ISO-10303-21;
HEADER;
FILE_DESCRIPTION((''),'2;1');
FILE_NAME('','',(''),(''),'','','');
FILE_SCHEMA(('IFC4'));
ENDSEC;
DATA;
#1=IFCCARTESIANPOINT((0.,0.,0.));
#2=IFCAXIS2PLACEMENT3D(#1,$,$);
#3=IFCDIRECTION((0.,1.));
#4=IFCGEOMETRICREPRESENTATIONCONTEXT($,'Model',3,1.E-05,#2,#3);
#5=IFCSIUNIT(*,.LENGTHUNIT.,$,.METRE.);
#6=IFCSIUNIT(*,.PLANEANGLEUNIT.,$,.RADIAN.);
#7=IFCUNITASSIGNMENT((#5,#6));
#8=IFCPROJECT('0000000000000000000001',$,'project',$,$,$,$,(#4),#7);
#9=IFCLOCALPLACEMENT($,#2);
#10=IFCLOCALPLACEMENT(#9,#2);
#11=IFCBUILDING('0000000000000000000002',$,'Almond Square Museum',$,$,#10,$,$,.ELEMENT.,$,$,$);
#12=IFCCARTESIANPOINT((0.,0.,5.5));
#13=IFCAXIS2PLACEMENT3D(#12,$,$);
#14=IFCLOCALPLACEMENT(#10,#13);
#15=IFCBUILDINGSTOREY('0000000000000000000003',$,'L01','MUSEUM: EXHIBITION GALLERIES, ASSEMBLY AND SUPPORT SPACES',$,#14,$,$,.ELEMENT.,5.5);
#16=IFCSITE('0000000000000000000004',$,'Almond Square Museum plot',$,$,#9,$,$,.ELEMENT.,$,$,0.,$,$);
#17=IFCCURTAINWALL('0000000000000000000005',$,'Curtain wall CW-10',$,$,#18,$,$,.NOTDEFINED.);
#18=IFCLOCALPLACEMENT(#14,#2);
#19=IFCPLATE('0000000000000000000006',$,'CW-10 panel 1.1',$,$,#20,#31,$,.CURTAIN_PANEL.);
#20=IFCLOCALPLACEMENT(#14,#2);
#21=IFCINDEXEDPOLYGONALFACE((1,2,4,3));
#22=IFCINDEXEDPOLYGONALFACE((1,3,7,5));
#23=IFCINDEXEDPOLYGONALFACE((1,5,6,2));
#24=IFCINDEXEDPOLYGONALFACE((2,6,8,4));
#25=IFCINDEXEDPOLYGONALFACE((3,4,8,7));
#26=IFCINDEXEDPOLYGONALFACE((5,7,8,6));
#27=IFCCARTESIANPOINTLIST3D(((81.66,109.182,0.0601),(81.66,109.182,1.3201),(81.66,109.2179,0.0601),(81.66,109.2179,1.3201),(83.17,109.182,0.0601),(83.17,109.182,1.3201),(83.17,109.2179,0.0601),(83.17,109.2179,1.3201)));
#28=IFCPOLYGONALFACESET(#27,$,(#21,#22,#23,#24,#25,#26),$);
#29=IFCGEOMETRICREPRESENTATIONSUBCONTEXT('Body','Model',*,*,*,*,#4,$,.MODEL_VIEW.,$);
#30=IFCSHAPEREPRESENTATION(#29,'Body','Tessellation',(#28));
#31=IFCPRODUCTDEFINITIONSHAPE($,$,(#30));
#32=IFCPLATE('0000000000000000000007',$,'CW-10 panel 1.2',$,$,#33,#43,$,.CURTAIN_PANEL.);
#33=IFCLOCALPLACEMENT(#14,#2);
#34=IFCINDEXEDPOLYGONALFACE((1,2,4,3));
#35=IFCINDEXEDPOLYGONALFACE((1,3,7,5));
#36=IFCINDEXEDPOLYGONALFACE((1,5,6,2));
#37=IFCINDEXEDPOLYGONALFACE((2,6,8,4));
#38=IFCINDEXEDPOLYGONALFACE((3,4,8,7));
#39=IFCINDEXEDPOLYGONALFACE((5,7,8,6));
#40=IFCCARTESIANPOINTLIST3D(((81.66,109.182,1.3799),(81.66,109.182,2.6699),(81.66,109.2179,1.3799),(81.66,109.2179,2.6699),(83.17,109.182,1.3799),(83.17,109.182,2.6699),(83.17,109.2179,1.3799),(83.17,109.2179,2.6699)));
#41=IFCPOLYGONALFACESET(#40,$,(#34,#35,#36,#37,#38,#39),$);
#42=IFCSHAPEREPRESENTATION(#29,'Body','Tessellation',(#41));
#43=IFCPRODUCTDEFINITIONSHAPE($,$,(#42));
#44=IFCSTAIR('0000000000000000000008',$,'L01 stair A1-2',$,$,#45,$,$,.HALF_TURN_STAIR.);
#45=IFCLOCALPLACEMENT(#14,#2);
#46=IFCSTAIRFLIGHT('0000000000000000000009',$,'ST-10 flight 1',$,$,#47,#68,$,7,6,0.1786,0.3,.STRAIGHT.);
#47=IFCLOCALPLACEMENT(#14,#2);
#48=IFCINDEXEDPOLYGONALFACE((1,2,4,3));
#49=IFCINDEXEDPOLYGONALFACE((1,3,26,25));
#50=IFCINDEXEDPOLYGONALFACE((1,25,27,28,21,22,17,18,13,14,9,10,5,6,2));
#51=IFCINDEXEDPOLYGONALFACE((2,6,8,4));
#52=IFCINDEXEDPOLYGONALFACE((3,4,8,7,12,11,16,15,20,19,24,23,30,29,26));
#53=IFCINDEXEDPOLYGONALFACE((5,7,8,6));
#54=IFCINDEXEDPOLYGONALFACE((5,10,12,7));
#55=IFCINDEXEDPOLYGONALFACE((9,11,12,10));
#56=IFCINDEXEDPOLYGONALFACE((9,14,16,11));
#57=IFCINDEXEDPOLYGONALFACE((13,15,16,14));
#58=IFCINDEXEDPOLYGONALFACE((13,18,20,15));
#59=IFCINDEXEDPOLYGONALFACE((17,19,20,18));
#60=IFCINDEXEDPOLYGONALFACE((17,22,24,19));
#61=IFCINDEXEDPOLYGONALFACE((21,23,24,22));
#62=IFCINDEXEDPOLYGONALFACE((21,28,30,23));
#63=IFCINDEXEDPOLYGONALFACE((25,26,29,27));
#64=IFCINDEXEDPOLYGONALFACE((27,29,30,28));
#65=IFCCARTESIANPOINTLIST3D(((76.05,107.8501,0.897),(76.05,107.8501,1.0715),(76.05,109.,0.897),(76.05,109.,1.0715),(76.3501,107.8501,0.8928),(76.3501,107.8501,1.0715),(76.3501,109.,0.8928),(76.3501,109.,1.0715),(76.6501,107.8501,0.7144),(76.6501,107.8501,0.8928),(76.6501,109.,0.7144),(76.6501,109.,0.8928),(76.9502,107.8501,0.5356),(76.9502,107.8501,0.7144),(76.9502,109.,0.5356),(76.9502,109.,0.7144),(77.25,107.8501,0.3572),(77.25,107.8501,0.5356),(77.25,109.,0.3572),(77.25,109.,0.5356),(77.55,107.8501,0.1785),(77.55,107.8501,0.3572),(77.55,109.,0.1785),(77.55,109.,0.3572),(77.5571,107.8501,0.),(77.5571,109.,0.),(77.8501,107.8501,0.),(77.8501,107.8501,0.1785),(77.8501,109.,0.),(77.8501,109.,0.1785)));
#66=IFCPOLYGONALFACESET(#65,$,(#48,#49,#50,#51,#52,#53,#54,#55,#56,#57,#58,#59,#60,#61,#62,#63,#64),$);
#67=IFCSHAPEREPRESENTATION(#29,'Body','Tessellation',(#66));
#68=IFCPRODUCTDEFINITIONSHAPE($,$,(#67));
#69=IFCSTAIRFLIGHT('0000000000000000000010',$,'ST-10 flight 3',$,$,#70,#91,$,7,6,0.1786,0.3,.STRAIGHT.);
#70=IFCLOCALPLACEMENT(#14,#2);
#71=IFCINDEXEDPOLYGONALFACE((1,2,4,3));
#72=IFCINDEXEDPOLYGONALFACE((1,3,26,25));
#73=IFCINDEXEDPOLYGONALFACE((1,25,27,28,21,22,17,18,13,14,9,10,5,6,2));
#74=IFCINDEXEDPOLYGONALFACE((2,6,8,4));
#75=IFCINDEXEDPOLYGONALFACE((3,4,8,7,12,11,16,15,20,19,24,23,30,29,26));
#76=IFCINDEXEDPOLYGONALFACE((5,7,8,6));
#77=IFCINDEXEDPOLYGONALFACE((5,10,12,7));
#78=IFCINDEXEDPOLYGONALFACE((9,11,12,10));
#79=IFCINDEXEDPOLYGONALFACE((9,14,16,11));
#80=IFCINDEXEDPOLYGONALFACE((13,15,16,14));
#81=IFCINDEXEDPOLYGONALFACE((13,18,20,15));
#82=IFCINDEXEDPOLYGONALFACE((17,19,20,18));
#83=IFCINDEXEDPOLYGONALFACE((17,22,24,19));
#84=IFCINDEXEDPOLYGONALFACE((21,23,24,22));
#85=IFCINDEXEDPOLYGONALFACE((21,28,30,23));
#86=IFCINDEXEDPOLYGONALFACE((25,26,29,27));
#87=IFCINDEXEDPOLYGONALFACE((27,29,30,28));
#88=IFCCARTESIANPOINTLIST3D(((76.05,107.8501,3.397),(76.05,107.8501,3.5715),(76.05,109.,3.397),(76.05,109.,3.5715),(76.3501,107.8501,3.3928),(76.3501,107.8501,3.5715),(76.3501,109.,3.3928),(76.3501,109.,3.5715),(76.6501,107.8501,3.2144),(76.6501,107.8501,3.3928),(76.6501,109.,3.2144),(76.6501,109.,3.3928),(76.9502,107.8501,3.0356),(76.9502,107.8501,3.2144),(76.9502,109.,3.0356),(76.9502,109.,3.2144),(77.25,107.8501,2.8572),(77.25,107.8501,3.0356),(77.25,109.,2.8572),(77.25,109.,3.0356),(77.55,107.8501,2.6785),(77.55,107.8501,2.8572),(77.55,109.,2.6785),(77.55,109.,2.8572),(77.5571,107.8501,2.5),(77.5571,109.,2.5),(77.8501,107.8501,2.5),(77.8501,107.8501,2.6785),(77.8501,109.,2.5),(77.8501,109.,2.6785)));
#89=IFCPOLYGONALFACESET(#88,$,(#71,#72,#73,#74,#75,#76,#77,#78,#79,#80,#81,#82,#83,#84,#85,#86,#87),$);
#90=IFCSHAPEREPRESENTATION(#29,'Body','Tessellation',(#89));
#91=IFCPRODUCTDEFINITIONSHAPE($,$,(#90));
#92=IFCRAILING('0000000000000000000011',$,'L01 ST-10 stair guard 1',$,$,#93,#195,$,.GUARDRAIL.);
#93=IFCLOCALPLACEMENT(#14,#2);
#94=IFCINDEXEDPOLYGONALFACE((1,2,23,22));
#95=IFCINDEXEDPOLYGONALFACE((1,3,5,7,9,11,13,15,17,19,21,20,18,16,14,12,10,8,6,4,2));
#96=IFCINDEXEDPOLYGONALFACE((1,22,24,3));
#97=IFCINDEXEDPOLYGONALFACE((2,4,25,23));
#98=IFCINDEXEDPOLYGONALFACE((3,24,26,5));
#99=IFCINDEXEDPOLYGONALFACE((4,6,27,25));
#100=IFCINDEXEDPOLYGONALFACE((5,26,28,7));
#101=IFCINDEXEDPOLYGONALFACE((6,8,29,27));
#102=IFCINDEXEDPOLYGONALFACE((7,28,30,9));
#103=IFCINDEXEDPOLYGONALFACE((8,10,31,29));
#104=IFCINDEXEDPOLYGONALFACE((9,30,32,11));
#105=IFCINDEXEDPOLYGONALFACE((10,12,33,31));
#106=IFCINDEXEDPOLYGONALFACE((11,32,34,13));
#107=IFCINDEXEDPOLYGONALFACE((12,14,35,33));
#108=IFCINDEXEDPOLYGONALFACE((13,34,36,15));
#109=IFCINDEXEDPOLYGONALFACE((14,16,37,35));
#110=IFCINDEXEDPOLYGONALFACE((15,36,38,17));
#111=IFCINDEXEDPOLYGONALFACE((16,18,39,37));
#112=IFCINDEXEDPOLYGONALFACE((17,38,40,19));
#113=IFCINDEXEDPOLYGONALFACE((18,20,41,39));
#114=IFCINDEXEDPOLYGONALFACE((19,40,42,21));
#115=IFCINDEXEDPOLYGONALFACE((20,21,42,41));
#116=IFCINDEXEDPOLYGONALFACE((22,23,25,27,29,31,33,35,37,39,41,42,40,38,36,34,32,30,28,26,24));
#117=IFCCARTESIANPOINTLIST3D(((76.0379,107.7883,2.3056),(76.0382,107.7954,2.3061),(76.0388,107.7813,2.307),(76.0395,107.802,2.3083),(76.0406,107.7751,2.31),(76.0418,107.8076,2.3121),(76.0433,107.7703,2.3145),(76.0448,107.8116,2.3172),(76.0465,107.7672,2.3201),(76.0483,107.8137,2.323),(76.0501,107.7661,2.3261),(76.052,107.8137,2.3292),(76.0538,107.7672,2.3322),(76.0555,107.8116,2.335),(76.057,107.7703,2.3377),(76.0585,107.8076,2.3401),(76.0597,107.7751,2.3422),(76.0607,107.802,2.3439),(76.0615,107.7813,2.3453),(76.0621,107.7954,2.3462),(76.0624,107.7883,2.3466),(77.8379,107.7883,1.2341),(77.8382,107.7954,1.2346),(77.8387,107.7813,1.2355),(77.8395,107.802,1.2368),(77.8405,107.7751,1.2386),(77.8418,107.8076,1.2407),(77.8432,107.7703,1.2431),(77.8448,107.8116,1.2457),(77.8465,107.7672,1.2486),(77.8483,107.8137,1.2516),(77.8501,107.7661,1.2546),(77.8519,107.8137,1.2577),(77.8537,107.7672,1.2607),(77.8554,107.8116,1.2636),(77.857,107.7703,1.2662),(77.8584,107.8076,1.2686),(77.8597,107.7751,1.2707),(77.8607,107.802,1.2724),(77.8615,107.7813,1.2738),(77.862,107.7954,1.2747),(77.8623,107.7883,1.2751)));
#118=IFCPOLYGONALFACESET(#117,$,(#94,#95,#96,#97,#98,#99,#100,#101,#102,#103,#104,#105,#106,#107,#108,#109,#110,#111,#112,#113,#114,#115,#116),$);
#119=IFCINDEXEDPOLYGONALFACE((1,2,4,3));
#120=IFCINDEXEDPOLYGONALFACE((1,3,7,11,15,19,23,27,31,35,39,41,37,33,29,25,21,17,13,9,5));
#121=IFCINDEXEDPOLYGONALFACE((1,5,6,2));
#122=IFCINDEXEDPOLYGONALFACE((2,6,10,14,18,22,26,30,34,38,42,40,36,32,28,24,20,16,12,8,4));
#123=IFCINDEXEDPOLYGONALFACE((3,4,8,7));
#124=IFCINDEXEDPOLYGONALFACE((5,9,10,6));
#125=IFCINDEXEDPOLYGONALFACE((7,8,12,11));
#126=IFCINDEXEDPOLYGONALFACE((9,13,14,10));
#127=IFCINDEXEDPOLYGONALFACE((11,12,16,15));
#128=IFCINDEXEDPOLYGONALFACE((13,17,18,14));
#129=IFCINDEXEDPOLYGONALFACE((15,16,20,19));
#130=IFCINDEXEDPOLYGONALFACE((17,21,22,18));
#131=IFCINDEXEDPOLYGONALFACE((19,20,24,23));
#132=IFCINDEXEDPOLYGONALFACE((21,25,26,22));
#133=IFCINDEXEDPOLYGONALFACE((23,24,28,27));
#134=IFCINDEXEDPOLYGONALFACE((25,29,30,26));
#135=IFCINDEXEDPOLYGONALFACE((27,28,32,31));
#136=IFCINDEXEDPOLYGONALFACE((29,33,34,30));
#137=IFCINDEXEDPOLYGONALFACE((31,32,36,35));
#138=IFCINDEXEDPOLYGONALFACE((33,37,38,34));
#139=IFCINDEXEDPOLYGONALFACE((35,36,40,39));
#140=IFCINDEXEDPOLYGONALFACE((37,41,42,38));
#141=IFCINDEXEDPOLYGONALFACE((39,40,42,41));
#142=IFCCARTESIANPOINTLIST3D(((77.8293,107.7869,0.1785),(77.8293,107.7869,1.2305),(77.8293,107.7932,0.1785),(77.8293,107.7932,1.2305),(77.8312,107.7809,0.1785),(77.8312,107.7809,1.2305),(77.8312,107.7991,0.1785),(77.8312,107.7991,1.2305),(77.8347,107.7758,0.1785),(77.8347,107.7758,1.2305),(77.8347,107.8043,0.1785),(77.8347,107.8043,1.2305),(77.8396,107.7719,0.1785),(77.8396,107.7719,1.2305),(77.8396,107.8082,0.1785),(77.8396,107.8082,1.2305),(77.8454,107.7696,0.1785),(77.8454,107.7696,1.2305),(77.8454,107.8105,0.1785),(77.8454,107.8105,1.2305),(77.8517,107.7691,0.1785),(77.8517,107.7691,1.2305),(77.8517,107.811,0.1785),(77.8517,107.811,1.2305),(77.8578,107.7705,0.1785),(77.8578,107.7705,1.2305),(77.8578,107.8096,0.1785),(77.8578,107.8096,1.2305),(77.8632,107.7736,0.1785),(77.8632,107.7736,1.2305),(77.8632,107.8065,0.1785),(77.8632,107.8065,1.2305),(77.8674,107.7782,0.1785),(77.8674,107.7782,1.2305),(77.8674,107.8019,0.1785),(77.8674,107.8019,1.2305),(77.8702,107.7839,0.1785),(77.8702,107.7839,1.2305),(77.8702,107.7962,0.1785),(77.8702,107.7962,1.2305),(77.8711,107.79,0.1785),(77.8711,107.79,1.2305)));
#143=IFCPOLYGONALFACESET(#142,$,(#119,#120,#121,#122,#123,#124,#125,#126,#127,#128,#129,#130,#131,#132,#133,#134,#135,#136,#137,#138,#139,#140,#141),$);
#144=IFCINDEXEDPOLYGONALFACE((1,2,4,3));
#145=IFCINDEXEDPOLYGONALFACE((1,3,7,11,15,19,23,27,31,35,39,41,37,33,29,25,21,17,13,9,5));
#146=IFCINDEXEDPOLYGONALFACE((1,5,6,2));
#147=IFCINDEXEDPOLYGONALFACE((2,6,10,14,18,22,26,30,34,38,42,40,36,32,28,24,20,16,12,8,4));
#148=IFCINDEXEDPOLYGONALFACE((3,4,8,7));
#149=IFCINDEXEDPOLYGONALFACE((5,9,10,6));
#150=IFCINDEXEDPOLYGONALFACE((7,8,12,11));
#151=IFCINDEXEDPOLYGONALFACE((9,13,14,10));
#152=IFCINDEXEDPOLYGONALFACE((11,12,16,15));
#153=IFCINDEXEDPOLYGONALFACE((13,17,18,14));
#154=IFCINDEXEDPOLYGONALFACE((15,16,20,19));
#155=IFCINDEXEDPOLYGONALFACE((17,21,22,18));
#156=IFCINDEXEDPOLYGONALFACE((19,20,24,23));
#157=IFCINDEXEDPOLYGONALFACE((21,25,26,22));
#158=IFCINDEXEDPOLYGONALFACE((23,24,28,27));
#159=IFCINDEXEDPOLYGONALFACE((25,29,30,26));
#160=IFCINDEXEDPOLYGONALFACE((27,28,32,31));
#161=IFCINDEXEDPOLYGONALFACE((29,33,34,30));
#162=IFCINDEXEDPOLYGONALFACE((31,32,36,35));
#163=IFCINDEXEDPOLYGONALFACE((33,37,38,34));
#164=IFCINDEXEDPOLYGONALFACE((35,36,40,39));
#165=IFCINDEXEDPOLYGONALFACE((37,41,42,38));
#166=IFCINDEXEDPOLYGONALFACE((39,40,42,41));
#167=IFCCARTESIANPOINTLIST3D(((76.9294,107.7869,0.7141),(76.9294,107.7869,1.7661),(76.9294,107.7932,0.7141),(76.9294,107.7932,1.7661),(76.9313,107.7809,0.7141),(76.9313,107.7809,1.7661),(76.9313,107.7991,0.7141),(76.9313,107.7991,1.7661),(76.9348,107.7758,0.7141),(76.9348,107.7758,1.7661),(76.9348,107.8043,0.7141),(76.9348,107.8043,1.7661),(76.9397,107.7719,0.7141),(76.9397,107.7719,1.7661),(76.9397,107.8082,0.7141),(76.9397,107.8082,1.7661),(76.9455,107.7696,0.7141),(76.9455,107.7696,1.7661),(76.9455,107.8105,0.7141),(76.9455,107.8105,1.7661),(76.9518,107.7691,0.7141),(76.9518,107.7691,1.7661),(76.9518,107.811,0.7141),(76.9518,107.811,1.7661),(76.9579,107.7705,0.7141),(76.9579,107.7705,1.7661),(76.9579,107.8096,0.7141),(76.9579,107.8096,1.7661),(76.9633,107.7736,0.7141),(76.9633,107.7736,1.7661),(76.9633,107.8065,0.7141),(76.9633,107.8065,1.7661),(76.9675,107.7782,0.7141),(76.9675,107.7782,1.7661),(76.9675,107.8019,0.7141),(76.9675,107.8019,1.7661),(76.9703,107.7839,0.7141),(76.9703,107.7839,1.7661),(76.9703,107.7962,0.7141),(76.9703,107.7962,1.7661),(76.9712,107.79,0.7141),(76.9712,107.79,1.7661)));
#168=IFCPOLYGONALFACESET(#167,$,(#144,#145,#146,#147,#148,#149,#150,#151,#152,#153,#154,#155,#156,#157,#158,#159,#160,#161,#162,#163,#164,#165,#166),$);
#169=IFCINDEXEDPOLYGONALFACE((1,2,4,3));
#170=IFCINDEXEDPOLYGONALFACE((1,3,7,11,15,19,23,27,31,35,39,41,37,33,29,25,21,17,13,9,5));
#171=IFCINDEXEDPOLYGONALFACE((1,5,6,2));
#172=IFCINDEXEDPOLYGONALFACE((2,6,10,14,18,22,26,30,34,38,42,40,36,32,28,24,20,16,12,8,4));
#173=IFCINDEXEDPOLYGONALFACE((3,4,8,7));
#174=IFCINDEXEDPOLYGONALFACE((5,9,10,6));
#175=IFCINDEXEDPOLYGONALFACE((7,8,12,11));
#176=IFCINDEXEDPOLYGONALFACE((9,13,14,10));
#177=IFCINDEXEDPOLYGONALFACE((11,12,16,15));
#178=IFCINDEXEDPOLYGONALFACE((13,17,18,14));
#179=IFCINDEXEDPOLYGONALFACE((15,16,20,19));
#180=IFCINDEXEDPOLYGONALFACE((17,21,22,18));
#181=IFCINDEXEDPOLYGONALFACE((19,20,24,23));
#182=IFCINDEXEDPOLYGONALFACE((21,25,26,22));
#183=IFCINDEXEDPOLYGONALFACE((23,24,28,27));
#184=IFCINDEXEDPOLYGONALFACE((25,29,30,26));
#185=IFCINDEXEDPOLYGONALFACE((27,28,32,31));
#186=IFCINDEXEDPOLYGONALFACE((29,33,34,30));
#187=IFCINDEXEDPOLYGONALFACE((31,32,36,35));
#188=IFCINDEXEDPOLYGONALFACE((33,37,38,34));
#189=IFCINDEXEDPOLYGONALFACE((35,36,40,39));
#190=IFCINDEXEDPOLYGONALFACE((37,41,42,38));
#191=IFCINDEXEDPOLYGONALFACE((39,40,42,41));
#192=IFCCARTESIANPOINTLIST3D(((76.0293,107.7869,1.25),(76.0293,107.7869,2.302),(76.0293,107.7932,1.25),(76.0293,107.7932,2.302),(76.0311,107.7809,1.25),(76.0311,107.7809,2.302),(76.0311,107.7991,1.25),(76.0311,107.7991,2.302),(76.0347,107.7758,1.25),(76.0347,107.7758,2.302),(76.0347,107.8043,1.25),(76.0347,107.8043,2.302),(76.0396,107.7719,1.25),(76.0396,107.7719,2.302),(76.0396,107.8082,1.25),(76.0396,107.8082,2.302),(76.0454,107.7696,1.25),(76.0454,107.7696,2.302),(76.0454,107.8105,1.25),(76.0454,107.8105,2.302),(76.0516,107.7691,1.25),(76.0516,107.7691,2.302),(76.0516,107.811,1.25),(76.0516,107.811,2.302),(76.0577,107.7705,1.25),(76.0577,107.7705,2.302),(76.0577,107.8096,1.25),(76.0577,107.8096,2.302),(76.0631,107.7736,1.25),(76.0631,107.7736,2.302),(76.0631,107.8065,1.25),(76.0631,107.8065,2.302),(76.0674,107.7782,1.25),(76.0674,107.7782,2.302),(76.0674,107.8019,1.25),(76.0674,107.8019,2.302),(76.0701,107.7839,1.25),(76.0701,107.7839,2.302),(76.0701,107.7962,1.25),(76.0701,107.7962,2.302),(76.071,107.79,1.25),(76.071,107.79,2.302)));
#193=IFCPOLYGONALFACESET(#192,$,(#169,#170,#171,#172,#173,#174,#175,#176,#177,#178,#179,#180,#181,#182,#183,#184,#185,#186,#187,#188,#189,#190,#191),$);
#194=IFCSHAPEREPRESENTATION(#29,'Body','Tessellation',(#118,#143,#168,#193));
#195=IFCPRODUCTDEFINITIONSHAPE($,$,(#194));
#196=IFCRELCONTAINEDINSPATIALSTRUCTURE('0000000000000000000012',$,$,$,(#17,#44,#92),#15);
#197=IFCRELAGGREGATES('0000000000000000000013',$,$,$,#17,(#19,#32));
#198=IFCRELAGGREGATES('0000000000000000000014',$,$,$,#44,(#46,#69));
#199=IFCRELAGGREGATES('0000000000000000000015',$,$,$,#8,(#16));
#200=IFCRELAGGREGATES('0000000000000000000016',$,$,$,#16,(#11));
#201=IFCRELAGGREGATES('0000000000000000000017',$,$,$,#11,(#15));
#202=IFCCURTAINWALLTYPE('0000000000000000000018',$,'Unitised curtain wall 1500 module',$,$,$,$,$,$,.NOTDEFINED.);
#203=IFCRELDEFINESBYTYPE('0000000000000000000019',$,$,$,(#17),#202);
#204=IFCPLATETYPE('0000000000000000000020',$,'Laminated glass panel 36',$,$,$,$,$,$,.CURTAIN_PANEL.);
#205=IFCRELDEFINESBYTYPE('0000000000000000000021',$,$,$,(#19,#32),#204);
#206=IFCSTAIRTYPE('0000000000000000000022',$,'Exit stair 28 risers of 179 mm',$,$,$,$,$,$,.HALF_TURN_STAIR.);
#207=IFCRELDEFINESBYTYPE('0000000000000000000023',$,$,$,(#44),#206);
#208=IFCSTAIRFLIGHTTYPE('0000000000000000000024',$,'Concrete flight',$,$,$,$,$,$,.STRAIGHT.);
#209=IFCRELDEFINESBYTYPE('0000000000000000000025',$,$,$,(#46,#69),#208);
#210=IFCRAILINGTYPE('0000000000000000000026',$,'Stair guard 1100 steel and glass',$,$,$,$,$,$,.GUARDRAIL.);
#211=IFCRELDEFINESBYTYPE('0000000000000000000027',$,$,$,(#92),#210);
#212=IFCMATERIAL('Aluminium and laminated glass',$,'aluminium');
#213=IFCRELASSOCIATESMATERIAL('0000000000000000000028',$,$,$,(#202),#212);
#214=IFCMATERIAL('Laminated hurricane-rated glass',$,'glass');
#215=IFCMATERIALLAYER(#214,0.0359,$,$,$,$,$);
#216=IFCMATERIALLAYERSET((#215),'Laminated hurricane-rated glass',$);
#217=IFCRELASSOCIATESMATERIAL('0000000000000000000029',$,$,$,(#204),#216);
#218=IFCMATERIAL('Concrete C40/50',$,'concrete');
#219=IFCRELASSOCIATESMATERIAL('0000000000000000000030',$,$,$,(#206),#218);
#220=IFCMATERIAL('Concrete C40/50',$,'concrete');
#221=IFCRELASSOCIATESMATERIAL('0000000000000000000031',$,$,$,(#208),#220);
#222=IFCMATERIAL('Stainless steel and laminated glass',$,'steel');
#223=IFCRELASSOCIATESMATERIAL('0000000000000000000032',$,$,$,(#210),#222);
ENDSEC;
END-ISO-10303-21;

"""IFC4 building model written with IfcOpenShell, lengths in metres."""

from ifc_helpers import new_model, si_unit, direction, frame, origin, origin_2d, place, context, subcontext, project, spatial, polyline, rectangle, circle, outline, extrude, material, layer, layer_set, type_object, element, aggregate, save


model = new_model("IFC4")

# Units and contexts
model_context = context("Model", 3, precision=1e-05, world=origin(), true_north=direction((0.0, 1.0)))
body_context = subcontext(model_context, "Body", "Model", "MODEL_VIEW")
ifc_project = project(units=[si_unit("LENGTHUNIT", "METRE"), si_unit("PLANEANGLEUNIT", "RADIAN")], contexts=[model_context])

# Site, building, storey
site_placement = place(None, origin())
site = spatial("IfcSite", under=ifc_project, at=site_placement, Name="Almond Square Museum plot", CompositionType="ELEMENT", RefElevation=0.0)
building_placement = place(site_placement, origin())
building = spatial("IfcBuilding", under=site, at=building_placement, Name="Almond Square Museum", CompositionType="ELEMENT")
storey_placement = place(building_placement, frame((0.0, 0.0, 5.5)))
storey = spatial("IfcBuildingStorey", under=building, at=storey_placement, Name="L01", Description="MUSEUM: EXHIBITION GALLERIES, ASSEMBLY AND SUPPORT SPACES", CompositionType="ELEMENT", Elevation=5.5)

# Curtain wall
ifc_material_1 = material(Name="Aluminium and laminated glass", Category="aluminium")
curtain_wall_type = type_object("IfcCurtainWallType", Name="Unitised curtain wall 1500 module", PredefinedType="NOTDEFINED", material=ifc_material_1)
curtain_wall_placement = place(storey_placement, origin())
curtain_wall = element("IfcCurtainWall", 1, at=curtain_wall_placement, inside=storey, type_object=curtain_wall_type, Name="Curtain wall CW-10", PredefinedType="NOTDEFINED")

# Plates
ifc_material_2 = material(Name="Laminated hurricane-rated glass", Category="glass")
ifc_layer = layer(ifc_material_2, 0.0359)
ifc_layer_set = layer_set([ifc_layer], Name="Laminated hurricane-rated glass")
plate_type = type_object("IfcPlateType", Name="Laminated glass panel 36", PredefinedType="CURTAIN_PANEL", material=ifc_layer_set)
plate_1_placement = place(storey_placement, frame((82.415, 109.2, 0.0601), z_axis=(0.0, 0.0, 1.0), x_axis=(1.0, 0.0, 0.0)))
plate_1 = element("IfcPlate", 2, at=plate_1_placement, type_object=plate_type, Name="CW-10 panel 1.1", PredefinedType="CURTAIN_PANEL", context=body_context, shape_type="SweptSolid", body=[
    extrude(rectangle(XDim=1.51, YDim=0.0359, at=origin_2d()), origin(), (0.0, 0.0, 1.0), 1.26),
])
plate_2_placement = place(storey_placement, frame((82.415, 109.2, 1.3799), z_axis=(0.0, 0.0, 1.0), x_axis=(1.0, 0.0, 0.0)))
plate_2 = element("IfcPlate", 3, at=plate_2_placement, type_object=plate_type, Name="CW-10 panel 1.2", PredefinedType="CURTAIN_PANEL", context=body_context, shape_type="SweptSolid", body=[
    extrude(rectangle(XDim=1.51, YDim=0.0359, at=origin_2d()), origin(), (0.0, 0.0, 1.0), 1.29),
])
aggregate(curtain_wall, [plate_1, plate_2])

# Stair, stair flights
ifc_material_3 = material(Name="Concrete C40/50", Category="concrete")
stair_type = type_object("IfcStairType", Name="Exit stair 28 risers of 179 mm", PredefinedType="HALF_TURN_STAIR", material=ifc_material_3)
stair_placement = place(storey_placement, origin())
stair = element("IfcStair", 4, at=stair_placement, inside=storey, type_object=stair_type, Name="L01 stair A1-2", PredefinedType="HALF_TURN_STAIR")
ifc_material_4 = material(Name="Concrete C40/50", Category="concrete")
stair_flight_type = type_object("IfcStairFlightType", Name="Concrete flight", PredefinedType="STRAIGHT", material=ifc_material_4)
stair_flight_1_placement = place(storey_placement, frame((77.8501, 108.425, 0.0), z_axis=(0.0, 0.0, 1.0), x_axis=(-1.0, 0.0, 0.0)))
stair_flight_1 = element("IfcStairFlight", 5, at=stair_flight_1_placement, type_object=stair_flight_type, Name="ST-10 flight 1", NumberOfRisers=7, NumberOfTreads=6, PredefinedType="STRAIGHT", RiserHeight=0.1786, TreadLength=0.3, context=body_context, shape_type="SweptSolid", body=[
    extrude(outline(polyline([(0.0, 0.0), (0.0, 0.1785), (0.3, 0.1785), (0.3, 0.3572), (0.6001, 0.3572), (0.6001, 0.5356), (0.8999, 0.5356), (0.8999, 0.7144), (1.2, 0.7144), (1.2, 0.8928), (1.5, 0.8928), (1.5, 1.0715), (1.8, 1.0715), (1.8, 1.25), (1.8, 0.897), (0.293, 0.0), (0.0, 0.0)])), frame((0.0, 0.575, 0.0), z_axis=(0.0, -1.0, 0.0), x_axis=(1.0, 0.0, 0.0)), (0.0, 0.0, 1.0), 1.1499),
])
stair_flight_2_placement = place(storey_placement, frame((77.8501, 108.425, 2.5), z_axis=(0.0, 0.0, 1.0), x_axis=(-1.0, 0.0, 0.0)))
stair_flight_2 = element("IfcStairFlight", 6, at=stair_flight_2_placement, type_object=stair_flight_type, Name="ST-10 flight 3", NumberOfRisers=7, NumberOfTreads=6, PredefinedType="STRAIGHT", RiserHeight=0.1786, TreadLength=0.3, context=body_context, shape_type="SweptSolid", body=[
    extrude(outline(polyline([(0.0, 0.0), (0.0, 0.1785), (0.3, 0.1785), (0.3, 0.3572), (0.6001, 0.3572), (0.6001, 0.5356), (0.8999, 0.5356), (0.8999, 0.7144), (1.2, 0.7144), (1.2, 0.8928), (1.5, 0.8928), (1.5, 1.0715), (1.8, 1.0715), (1.8, 1.25), (1.8, 0.897), (0.293, 0.0), (0.0, 0.0)])), frame((0.0, 0.575, 0.0), z_axis=(0.0, -1.0, 0.0), x_axis=(1.0, 0.0, 0.0)), (0.0, 0.0, 1.0), 1.1499),
])
aggregate(stair, [stair_flight_1, stair_flight_2])

# Railing
ifc_material_5 = material(Name="Stainless steel and laminated glass", Category="steel")
railing_type_1 = type_object("IfcRailingType", Name="Stair guard 1100 steel and glass", PredefinedType="GUARDRAIL", material=ifc_material_5)
railing_1_placement = place(storey_placement, frame((77.8501, 107.79, 0.1785)))
element("IfcRailing", 7, at=railing_1_placement, inside=storey, type_object=railing_type_1, Name="L01 ST-10 stair guard 1", PredefinedType="GUARDRAIL", context=body_context, shape_type="SweptSolid", body=[
    extrude(circle(Radius=0.0239, at=origin_2d()), frame((0.0, 0.0, 1.0762), z_axis=(-0.859277, 0.0, 0.51151), x_axis=(0.0, -1.0, 0.0)), (0.0, 0.0, 1.0), 2.0947),
    extrude(circle(Radius=0.021, at=origin_2d()), origin(), (0.0, 0.0, 1.0), 1.052),
    extrude(circle(Radius=0.021, at=origin_2d()), frame((-0.8999, 0.0, 0.5356)), (0.0, 0.0, 1.0), 1.052),
    extrude(circle(Radius=0.021, at=origin_2d()), frame((-1.8, 0.0, 1.0715)), (0.0, 0.0, 1.0), 1.052),
])

save(model, "model.ifc")
